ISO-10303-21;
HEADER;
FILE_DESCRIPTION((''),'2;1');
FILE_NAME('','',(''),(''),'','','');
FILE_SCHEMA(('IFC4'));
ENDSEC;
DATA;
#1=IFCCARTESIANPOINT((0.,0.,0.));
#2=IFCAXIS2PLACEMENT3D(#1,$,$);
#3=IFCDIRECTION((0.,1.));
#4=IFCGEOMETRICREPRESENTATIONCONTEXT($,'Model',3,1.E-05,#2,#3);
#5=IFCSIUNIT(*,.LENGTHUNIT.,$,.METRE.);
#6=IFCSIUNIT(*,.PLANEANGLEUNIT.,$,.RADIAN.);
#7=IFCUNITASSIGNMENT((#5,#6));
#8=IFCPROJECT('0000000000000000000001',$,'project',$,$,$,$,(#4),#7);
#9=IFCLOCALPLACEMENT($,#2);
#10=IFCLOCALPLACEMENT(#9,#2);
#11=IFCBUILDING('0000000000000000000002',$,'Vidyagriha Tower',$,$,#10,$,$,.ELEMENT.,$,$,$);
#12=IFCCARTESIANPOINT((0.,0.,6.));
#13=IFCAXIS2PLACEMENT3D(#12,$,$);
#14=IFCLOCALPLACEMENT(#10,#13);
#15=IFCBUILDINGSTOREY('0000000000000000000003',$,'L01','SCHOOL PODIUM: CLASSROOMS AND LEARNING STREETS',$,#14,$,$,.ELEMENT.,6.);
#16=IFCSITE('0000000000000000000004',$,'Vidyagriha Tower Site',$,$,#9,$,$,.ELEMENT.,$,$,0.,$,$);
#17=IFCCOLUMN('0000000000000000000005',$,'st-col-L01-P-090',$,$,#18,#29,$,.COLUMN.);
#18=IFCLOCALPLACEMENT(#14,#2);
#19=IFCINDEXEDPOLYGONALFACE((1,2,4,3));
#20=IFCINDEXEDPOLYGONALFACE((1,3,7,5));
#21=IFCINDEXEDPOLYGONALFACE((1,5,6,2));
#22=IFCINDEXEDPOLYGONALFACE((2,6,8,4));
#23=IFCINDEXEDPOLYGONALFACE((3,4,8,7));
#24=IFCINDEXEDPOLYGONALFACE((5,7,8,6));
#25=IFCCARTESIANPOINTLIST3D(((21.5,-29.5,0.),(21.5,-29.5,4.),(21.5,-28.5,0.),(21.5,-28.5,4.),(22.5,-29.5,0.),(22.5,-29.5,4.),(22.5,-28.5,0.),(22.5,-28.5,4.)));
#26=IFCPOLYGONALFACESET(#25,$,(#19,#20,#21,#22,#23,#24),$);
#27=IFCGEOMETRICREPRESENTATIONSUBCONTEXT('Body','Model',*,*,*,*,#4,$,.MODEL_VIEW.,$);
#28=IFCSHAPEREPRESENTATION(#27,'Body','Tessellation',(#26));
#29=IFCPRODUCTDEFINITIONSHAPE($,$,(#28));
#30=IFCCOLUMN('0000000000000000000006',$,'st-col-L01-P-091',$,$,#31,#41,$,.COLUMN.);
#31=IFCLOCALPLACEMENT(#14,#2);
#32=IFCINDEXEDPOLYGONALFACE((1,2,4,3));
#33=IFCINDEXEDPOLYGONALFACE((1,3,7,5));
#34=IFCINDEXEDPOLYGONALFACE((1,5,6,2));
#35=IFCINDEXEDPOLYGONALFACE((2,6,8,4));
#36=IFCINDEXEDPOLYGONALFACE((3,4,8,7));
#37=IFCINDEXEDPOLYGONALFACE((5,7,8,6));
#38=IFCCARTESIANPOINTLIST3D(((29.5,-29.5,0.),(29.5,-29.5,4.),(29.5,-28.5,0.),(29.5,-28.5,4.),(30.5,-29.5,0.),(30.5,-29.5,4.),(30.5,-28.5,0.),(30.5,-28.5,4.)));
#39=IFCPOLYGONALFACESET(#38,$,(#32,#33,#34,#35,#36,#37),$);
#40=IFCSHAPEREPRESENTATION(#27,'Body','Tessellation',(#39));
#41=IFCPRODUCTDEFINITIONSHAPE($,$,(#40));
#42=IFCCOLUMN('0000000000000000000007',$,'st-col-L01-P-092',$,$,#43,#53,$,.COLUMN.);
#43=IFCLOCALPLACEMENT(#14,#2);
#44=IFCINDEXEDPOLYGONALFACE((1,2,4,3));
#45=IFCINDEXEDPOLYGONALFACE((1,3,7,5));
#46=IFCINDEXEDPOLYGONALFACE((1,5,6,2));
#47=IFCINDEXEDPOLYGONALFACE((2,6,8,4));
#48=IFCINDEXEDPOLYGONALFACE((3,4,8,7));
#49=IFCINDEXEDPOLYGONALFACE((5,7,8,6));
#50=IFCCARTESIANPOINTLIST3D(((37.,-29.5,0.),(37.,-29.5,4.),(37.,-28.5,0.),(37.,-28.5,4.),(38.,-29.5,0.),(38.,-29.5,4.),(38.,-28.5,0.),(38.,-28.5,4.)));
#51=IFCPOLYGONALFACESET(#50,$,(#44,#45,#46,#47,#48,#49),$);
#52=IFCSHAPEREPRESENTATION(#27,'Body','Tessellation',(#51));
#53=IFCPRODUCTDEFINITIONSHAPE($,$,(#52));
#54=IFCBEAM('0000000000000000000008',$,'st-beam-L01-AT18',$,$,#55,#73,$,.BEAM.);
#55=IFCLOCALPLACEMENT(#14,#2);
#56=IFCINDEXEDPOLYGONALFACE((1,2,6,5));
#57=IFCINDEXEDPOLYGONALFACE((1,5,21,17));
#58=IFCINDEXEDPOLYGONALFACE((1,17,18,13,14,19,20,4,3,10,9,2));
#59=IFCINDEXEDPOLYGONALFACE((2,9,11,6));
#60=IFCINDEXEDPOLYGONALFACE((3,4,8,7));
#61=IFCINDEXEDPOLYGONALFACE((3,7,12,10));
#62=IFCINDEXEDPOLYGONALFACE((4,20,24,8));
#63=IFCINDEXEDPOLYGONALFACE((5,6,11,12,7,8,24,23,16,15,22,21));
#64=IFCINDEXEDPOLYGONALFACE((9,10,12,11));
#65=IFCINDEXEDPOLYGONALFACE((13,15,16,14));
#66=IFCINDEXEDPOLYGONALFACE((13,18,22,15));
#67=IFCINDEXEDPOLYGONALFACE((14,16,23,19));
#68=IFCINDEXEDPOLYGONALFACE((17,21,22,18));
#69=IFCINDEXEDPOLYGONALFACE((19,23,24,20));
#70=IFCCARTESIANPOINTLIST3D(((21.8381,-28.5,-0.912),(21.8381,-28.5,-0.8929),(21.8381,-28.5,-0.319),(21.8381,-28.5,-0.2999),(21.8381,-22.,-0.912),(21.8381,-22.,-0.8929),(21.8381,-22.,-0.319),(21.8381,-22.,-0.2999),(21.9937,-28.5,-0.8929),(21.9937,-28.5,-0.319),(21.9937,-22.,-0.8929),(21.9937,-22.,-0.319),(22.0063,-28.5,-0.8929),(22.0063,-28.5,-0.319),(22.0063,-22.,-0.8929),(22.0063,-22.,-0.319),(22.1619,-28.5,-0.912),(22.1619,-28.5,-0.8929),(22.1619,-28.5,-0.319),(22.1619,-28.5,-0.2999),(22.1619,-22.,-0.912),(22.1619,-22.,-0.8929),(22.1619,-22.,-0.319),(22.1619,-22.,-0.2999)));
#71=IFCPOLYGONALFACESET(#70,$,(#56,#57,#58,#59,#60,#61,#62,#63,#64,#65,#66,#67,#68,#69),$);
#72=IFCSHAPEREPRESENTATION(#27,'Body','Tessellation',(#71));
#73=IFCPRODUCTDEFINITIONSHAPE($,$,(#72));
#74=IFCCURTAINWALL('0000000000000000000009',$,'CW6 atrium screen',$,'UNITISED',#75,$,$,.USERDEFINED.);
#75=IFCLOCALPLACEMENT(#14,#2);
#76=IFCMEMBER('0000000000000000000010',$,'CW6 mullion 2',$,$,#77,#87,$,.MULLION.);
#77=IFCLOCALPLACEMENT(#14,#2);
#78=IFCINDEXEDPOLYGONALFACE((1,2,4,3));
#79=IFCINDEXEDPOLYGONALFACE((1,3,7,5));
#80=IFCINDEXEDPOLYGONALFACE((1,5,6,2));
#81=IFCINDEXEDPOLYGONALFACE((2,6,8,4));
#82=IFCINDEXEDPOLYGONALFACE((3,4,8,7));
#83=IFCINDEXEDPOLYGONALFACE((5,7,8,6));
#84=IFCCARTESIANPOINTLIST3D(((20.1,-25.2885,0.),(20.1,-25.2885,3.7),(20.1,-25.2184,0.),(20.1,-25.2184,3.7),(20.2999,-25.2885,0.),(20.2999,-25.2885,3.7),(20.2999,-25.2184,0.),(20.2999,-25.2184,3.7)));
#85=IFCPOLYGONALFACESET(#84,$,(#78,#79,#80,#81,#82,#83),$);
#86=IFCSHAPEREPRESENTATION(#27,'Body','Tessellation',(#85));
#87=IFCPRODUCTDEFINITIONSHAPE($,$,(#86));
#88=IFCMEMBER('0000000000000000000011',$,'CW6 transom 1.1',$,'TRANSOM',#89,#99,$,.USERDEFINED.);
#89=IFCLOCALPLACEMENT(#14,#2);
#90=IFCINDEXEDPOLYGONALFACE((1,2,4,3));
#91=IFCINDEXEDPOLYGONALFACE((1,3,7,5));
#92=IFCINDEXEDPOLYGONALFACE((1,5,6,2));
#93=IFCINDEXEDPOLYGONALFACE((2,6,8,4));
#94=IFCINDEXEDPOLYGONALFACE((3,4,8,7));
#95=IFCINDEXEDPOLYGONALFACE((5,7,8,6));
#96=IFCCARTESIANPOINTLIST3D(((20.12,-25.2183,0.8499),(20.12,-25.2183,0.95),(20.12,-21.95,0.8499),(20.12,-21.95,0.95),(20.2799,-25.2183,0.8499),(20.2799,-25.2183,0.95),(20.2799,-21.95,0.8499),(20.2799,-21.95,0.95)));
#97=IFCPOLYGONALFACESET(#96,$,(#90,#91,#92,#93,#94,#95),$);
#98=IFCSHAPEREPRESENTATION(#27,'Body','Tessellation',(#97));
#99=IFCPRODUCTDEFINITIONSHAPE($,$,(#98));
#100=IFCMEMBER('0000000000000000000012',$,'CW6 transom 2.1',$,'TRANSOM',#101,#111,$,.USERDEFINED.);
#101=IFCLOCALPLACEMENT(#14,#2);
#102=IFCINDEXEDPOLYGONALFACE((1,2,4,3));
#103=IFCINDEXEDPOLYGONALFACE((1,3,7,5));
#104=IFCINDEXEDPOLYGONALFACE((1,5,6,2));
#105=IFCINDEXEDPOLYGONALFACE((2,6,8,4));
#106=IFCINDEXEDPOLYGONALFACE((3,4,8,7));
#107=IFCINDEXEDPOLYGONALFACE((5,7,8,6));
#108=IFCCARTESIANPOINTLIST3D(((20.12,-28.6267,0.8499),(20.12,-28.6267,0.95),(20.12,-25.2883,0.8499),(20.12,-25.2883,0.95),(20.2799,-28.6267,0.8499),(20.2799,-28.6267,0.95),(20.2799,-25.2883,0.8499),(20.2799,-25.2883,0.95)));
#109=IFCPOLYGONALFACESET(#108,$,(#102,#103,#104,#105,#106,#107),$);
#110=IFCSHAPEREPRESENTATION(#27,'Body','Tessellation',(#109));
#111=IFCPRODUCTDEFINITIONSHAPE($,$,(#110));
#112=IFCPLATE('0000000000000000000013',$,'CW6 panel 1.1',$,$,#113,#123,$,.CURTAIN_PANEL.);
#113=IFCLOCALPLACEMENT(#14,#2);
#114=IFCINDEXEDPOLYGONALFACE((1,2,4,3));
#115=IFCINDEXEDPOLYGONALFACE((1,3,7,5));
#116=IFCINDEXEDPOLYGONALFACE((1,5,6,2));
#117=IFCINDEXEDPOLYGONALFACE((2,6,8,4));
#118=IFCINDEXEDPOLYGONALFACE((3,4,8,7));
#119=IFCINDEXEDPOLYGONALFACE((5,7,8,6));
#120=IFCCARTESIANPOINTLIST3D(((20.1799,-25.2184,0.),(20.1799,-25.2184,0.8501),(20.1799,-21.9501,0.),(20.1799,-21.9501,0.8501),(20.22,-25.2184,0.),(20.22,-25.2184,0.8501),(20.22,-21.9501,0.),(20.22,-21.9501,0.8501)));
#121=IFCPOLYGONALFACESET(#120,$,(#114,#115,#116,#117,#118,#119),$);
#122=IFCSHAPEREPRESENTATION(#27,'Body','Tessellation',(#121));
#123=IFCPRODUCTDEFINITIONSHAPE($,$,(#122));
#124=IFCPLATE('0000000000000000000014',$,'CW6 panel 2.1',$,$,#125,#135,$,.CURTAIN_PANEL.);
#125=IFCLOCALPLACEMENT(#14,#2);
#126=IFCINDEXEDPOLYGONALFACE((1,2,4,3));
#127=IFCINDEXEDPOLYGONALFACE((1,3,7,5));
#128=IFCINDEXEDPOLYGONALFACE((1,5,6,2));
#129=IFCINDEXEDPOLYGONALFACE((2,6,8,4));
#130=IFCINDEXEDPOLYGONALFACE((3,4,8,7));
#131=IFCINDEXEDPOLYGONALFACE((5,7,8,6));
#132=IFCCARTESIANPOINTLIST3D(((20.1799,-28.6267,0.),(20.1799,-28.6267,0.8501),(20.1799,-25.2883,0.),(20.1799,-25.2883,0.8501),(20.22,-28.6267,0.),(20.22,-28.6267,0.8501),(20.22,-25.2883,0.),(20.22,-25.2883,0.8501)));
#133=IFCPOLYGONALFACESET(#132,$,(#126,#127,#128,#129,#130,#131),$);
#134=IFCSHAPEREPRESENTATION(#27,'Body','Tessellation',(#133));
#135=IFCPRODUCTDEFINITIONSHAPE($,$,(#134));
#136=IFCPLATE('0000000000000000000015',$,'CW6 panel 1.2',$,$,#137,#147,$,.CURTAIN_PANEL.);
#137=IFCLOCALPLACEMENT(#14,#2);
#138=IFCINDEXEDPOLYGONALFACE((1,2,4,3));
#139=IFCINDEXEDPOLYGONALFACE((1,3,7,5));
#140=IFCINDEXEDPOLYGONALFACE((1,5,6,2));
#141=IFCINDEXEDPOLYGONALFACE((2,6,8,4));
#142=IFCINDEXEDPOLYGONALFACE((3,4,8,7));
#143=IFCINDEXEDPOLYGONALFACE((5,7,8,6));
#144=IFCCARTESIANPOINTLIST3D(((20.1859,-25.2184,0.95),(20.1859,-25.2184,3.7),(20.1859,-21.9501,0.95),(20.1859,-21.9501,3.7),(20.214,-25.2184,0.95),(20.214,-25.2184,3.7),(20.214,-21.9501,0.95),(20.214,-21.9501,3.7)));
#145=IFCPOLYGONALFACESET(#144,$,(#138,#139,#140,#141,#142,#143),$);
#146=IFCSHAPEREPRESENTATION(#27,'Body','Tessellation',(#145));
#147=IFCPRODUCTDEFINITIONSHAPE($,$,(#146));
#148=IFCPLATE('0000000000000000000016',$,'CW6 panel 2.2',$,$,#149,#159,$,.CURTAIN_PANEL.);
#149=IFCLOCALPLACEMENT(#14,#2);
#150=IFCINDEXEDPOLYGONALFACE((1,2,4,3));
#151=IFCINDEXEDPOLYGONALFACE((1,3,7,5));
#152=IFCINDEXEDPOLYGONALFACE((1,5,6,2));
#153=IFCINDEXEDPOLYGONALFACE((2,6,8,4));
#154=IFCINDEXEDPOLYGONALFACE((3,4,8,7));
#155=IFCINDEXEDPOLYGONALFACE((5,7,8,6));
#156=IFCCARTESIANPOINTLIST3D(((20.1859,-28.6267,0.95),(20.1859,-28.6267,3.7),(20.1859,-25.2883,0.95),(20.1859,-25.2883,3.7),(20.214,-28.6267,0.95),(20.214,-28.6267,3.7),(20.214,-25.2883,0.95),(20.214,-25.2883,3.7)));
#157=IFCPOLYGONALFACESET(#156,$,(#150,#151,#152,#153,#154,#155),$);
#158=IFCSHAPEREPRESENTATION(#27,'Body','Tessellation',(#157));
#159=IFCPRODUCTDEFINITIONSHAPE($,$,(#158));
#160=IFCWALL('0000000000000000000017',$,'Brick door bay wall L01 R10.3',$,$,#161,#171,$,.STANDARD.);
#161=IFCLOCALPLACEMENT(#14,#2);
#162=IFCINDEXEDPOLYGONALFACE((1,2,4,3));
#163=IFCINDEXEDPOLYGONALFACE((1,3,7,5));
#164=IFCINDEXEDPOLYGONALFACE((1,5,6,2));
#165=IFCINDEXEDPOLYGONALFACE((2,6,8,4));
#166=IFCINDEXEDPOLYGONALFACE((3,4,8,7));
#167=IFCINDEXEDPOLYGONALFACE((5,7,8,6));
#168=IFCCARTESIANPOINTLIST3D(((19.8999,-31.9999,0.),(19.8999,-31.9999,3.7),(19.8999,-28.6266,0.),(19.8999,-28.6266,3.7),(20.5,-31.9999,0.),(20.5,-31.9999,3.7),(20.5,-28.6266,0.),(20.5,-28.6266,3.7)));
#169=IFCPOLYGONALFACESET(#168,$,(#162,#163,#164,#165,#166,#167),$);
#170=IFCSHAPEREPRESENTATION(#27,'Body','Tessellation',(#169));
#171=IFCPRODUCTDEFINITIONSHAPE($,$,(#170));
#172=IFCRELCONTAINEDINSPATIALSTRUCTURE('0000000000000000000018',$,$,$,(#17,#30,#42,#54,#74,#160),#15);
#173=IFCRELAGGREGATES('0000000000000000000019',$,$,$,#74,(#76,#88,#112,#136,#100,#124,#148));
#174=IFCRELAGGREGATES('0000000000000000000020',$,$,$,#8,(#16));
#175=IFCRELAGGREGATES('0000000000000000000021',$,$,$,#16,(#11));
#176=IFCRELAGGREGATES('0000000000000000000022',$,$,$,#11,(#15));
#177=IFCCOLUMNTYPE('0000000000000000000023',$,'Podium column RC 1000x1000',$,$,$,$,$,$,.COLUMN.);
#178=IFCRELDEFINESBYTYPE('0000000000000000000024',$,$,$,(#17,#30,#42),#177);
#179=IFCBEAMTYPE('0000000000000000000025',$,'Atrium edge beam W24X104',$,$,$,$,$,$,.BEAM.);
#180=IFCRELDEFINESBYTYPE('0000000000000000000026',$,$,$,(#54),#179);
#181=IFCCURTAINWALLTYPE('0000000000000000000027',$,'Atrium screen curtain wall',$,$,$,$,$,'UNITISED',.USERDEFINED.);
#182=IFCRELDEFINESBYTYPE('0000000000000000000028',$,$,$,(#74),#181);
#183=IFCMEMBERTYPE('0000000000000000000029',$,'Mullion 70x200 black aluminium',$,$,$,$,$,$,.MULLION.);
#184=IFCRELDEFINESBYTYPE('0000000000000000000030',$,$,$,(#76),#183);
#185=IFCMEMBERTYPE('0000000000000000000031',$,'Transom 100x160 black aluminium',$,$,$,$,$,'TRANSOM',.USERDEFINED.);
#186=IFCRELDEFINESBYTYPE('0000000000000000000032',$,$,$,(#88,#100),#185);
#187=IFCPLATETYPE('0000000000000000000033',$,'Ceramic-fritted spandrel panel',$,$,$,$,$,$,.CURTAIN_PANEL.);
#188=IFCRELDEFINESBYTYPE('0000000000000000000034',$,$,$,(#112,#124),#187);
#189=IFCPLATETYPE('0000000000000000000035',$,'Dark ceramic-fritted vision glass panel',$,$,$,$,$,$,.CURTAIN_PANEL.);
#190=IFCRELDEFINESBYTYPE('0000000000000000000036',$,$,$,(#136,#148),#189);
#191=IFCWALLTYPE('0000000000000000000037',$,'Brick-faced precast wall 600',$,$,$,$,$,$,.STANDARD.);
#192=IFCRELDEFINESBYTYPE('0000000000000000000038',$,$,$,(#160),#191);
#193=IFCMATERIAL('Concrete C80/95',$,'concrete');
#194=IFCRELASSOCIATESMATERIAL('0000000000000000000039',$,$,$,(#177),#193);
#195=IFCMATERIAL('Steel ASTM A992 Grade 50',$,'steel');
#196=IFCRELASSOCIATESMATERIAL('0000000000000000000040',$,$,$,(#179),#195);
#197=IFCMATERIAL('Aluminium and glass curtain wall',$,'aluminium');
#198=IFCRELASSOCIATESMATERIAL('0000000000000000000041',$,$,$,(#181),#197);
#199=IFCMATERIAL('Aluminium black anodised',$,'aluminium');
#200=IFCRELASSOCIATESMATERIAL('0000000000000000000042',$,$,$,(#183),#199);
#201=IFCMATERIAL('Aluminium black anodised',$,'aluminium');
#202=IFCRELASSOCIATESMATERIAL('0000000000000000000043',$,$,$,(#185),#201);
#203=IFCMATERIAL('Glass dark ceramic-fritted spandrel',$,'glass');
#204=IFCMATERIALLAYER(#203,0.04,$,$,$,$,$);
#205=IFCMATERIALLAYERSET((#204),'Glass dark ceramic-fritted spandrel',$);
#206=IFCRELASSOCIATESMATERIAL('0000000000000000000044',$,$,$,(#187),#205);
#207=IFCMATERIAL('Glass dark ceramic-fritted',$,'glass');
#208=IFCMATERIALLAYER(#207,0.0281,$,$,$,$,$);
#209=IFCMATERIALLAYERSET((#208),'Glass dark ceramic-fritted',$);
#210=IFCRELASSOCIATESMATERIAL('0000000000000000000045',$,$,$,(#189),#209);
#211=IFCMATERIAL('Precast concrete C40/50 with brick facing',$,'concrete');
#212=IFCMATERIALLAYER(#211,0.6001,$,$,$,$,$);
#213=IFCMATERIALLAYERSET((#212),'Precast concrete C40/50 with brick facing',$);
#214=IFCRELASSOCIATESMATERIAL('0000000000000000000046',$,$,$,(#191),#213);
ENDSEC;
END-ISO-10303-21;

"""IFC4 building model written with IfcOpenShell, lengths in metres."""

from ifc_helpers import new_model, si_unit, direction, frame, frame_2d, origin, origin_2d, place, context, subcontext, project, spatial, rectangle, i_section, extrude, material, layer, layer_set, material_profile, profile_set, type_object, element, aggregate, save


model = new_model("IFC4")

# Units and contexts
model_context = context("Model", 3, precision=1e-05, world=origin(), true_north=direction((0.0, 1.0)))
body_context = subcontext(model_context, "Body", "Model", "MODEL_VIEW")
ifc_project = project(units=[si_unit("LENGTHUNIT", "METRE"), si_unit("PLANEANGLEUNIT", "RADIAN")], contexts=[model_context])

# Site, building, storey
site_placement = place(None, origin())
site = spatial("IfcSite", under=ifc_project, at=site_placement, Name="Vidyagriha Tower Site", CompositionType="ELEMENT", RefElevation=0.0)
building_placement = place(site_placement, origin())
building = spatial("IfcBuilding", under=site, at=building_placement, Name="Vidyagriha Tower", CompositionType="ELEMENT")
storey_placement = place(building_placement, frame((0.0, 0.0, 6.0)))
storey = spatial("IfcBuildingStorey", under=building, at=storey_placement, Name="L01", Description="SCHOOL PODIUM: CLASSROOMS AND LEARNING STREETS", CompositionType="ELEMENT", Elevation=6.0)

# Columns
ifc_material_1 = material(Name="Concrete C80/95", Category="concrete")
ifc_material_profile_1 = material_profile(ifc_material_1, rectangle(XDim=1.0, YDim=1.0, at=origin_2d()), Name="RC 1000x1000")
ifc_profile_set_1 = profile_set([ifc_material_profile_1], Name="Concrete C80/95")
column_type = type_object("IfcColumnType", Name="Podium column RC 1000x1000", PredefinedType="COLUMN", material=ifc_profile_set_1)
for number, where, name in (
    (1, (22.0, -29.0, 0.0), "st-col-L01-P-090"),
    (2, (30.0, -29.0, 0.0), "st-col-L01-P-091"),
    (3, (37.5, -29.0, 0.0), "st-col-L01-P-092"),
):
    element("IfcColumn", number, at=place(storey_placement, frame(where)), inside=storey, type_object=column_type, Name=name, PredefinedType="COLUMN", context=body_context, shape_type="SweptSolid", body=[
        extrude(rectangle(XDim=1.0, YDim=1.0, at=origin_2d()), origin(), (0.0, 0.0, 1.0), 4.0),
    ])

# Beam
ifc_material_2 = material(Name="Steel ASTM A992 Grade 50", Category="steel")
ifc_material_profile_2 = material_profile(ifc_material_2, i_section(OverallWidth=0.3237, OverallDepth=0.6121, WebThickness=0.0127, FlangeThickness=0.019, at=origin_2d()), Name="W24X104")
ifc_profile_set_2 = profile_set([ifc_material_profile_2], Name="Steel ASTM A992 Grade 50")
beam_type = type_object("IfcBeamType", Name="Atrium edge beam W24X104", PredefinedType="BEAM", material=ifc_profile_set_2)
beam_placement = place(storey_placement, frame((22.0, -28.5, -0.606), z_axis=(0.0, 1.0, 0.0), x_axis=(-1.0, 0.0, 0.0)))
element("IfcBeam", 4, at=beam_placement, inside=storey, type_object=beam_type, Name="st-beam-L01-AT18", PredefinedType="BEAM", context=body_context, shape_type="SweptSolid", body=[
    extrude(i_section(OverallWidth=0.3237, OverallDepth=0.6121, WebThickness=0.0127, FlangeThickness=0.019, at=origin_2d()), origin(), (0.0, 0.0, 1.0), 6.5),
])

# Curtain wall, members, plates
ifc_material_3 = material(Name="Aluminium and glass curtain wall", Category="aluminium")
curtain_wall_type = type_object("IfcCurtainWallType", Name="Atrium screen curtain wall", ElementType="UNITISED", PredefinedType="USERDEFINED", material=ifc_material_3)
curtain_wall_placement = place(storey_placement, origin())
curtain_wall = element("IfcCurtainWall", 5, at=curtain_wall_placement, inside=storey, type_object=curtain_wall_type, Name="CW6 atrium screen", ObjectType="UNITISED", PredefinedType="USERDEFINED")
ifc_material_4 = material(Name="Aluminium black anodised", Category="aluminium")
ifc_material_profile_3 = material_profile(ifc_material_4, rectangle(XDim=0.2, YDim=0.0701, at=origin_2d()), Name="Mullion 70x200 black aluminium")
ifc_profile_set_3 = profile_set([ifc_material_profile_3], Name="Aluminium black anodised")
member_type_1 = type_object("IfcMemberType", Name="Mullion 70x200 black aluminium", PredefinedType="MULLION", material=ifc_profile_set_3)
member_1_placement = place(storey_placement, frame((20.2, -25.2534, 0.0)))
member_1 = element("IfcMember", 6, at=member_1_placement, type_object=member_type_1, Name="CW6 mullion 2", PredefinedType="MULLION", context=body_context, shape_type="SweptSolid", body=[
    extrude(rectangle(XDim=0.2, YDim=0.0701, at=origin_2d()), origin(), (0.0, 0.0, 1.0), 3.7),
])
ifc_material_5 = material(Name="Aluminium black anodised", Category="aluminium")
ifc_material_profile_4 = material_profile(ifc_material_5, rectangle(XDim=0.1599, YDim=0.1001, at=origin_2d()), Name="Transom 100x160 black aluminium")
ifc_profile_set_4 = profile_set([ifc_material_profile_4], Name="Aluminium black anodised")
member_type_2 = type_object("IfcMemberType", Name="Transom 100x160 black aluminium", ElementType="TRANSOM", PredefinedType="USERDEFINED", material=ifc_profile_set_4)
member_2_placement = place(storey_placement, frame((20.2, -21.95, 0.8999), z_axis=(0.0, -1.0, 0.0), x_axis=(1.0, 0.0, 0.0)))
member_2 = element("IfcMember", 7, at=member_2_placement, type_object=member_type_2, Name="CW6 transom 1.1", ObjectType="TRANSOM", PredefinedType="USERDEFINED", context=body_context, shape_type="SweptSolid", body=[
    extrude(rectangle(XDim=0.1599, YDim=0.1001, at=origin_2d()), origin(), (0.0, 0.0, 1.0), 3.2683),
])
member_3_placement = place(storey_placement, frame((20.2, -25.2883, 0.8999), z_axis=(0.0, -1.0, 0.0), x_axis=(1.0, 0.0, 0.0)))
member_3 = element("IfcMember", 8, at=member_3_placement, type_object=member_type_2, Name="CW6 transom 2.1", ObjectType="TRANSOM", PredefinedType="USERDEFINED", context=body_context, shape_type="SweptSolid", body=[
    extrude(rectangle(XDim=0.1599, YDim=0.1001, at=origin_2d()), origin(), (0.0, 0.0, 1.0), 3.3384),
])
ifc_material_6 = material(Name="Glass dark ceramic-fritted spandrel", Category="glass")
ifc_layer_1 = layer(ifc_material_6, 0.04)
ifc_layer_set_1 = layer_set([ifc_layer_1], Name="Glass dark ceramic-fritted spandrel")
plate_type_1 = type_object("IfcPlateType", Name="Ceramic-fritted spandrel panel", PredefinedType="CURTAIN_PANEL", material=ifc_layer_set_1)
plate_1_placement = place(storey_placement, frame((20.2, -23.5842, 0.0), z_axis=(0.0, 0.0, 1.0), x_axis=(0.0, -1.0, 0.0)))
plate_1 = element("IfcPlate", 9, at=plate_1_placement, type_object=plate_type_1, Name="CW6 panel 1.1", PredefinedType="CURTAIN_PANEL", context=body_context, shape_type="SweptSolid", body=[
    extrude(rectangle(XDim=3.2683, YDim=0.04, at=origin_2d()), origin(), (0.0, 0.0, 1.0), 0.8501),
])
plate_2_placement = place(storey_placement, frame((20.2, -26.9575, 0.0), z_axis=(0.0, 0.0, 1.0), x_axis=(0.0, -1.0, 0.0)))
plate_2 = element("IfcPlate", 10, at=plate_2_placement, type_object=plate_type_1, Name="CW6 panel 2.1", PredefinedType="CURTAIN_PANEL", context=body_context, shape_type="SweptSolid", body=[
    extrude(rectangle(XDim=3.3384, YDim=0.04, at=origin_2d()), origin(), (0.0, 0.0, 1.0), 0.8501),
])
ifc_material_7 = material(Name="Glass dark ceramic-fritted", Category="glass")
ifc_layer_2 = layer(ifc_material_7, 0.0281)
ifc_layer_set_2 = layer_set([ifc_layer_2], Name="Glass dark ceramic-fritted")
plate_type_2 = type_object("IfcPlateType", Name="Dark ceramic-fritted vision glass panel", PredefinedType="CURTAIN_PANEL", material=ifc_layer_set_2)
plate_3_placement = place(storey_placement, frame((20.2, -23.5842, 0.95), z_axis=(0.0, 0.0, 1.0), x_axis=(0.0, -1.0, 0.0)))
plate_3 = element("IfcPlate", 11, at=plate_3_placement, type_object=plate_type_2, Name="CW6 panel 1.2", PredefinedType="CURTAIN_PANEL", context=body_context, shape_type="SweptSolid", body=[
    extrude(rectangle(XDim=3.2683, YDim=0.0281, at=origin_2d()), origin(), (0.0, 0.0, 1.0), 2.75),
])
plate_4_placement = place(storey_placement, frame((20.2, -26.9575, 0.95), z_axis=(0.0, 0.0, 1.0), x_axis=(0.0, -1.0, 0.0)))
plate_4 = element("IfcPlate", 12, at=plate_4_placement, type_object=plate_type_2, Name="CW6 panel 2.2", PredefinedType="CURTAIN_PANEL", context=body_context, shape_type="SweptSolid", body=[
    extrude(rectangle(XDim=3.3384, YDim=0.0281, at=origin_2d()), origin(), (0.0, 0.0, 1.0), 2.75),
])
aggregate(curtain_wall, [member_1, member_2, plate_1, plate_3, member_3, plate_2, plate_4])

# Wall
ifc_material_8 = material(Name="Precast concrete C40/50 with brick facing", Category="concrete")
ifc_layer_3 = layer(ifc_material_8, 0.6001)
ifc_layer_set_3 = layer_set([ifc_layer_3], Name="Precast concrete C40/50 with brick facing")
wall_type_1 = type_object("IfcWallType", Name="Brick-faced precast wall 600", PredefinedType="STANDARD", material=ifc_layer_set_3)
wall_1_placement = place(storey_placement, frame((20.2, -28.6267, 0.0), z_axis=(0.0, 0.0, 1.0), x_axis=(0.0, -1.0, 0.0)))
element("IfcWall", 13, at=wall_1_placement, inside=storey, type_object=wall_type_1, Name="Brick door bay wall L01 R10.3", PredefinedType="STANDARD", context=body_context, shape_type="SweptSolid", body=[
    extrude(rectangle(XDim=3.3733, YDim=0.6001, at=frame_2d((1.6865, 0.0))), origin(), (0.0, 0.0, 1.0), 3.7),
])

save(model, "model.ifc")
